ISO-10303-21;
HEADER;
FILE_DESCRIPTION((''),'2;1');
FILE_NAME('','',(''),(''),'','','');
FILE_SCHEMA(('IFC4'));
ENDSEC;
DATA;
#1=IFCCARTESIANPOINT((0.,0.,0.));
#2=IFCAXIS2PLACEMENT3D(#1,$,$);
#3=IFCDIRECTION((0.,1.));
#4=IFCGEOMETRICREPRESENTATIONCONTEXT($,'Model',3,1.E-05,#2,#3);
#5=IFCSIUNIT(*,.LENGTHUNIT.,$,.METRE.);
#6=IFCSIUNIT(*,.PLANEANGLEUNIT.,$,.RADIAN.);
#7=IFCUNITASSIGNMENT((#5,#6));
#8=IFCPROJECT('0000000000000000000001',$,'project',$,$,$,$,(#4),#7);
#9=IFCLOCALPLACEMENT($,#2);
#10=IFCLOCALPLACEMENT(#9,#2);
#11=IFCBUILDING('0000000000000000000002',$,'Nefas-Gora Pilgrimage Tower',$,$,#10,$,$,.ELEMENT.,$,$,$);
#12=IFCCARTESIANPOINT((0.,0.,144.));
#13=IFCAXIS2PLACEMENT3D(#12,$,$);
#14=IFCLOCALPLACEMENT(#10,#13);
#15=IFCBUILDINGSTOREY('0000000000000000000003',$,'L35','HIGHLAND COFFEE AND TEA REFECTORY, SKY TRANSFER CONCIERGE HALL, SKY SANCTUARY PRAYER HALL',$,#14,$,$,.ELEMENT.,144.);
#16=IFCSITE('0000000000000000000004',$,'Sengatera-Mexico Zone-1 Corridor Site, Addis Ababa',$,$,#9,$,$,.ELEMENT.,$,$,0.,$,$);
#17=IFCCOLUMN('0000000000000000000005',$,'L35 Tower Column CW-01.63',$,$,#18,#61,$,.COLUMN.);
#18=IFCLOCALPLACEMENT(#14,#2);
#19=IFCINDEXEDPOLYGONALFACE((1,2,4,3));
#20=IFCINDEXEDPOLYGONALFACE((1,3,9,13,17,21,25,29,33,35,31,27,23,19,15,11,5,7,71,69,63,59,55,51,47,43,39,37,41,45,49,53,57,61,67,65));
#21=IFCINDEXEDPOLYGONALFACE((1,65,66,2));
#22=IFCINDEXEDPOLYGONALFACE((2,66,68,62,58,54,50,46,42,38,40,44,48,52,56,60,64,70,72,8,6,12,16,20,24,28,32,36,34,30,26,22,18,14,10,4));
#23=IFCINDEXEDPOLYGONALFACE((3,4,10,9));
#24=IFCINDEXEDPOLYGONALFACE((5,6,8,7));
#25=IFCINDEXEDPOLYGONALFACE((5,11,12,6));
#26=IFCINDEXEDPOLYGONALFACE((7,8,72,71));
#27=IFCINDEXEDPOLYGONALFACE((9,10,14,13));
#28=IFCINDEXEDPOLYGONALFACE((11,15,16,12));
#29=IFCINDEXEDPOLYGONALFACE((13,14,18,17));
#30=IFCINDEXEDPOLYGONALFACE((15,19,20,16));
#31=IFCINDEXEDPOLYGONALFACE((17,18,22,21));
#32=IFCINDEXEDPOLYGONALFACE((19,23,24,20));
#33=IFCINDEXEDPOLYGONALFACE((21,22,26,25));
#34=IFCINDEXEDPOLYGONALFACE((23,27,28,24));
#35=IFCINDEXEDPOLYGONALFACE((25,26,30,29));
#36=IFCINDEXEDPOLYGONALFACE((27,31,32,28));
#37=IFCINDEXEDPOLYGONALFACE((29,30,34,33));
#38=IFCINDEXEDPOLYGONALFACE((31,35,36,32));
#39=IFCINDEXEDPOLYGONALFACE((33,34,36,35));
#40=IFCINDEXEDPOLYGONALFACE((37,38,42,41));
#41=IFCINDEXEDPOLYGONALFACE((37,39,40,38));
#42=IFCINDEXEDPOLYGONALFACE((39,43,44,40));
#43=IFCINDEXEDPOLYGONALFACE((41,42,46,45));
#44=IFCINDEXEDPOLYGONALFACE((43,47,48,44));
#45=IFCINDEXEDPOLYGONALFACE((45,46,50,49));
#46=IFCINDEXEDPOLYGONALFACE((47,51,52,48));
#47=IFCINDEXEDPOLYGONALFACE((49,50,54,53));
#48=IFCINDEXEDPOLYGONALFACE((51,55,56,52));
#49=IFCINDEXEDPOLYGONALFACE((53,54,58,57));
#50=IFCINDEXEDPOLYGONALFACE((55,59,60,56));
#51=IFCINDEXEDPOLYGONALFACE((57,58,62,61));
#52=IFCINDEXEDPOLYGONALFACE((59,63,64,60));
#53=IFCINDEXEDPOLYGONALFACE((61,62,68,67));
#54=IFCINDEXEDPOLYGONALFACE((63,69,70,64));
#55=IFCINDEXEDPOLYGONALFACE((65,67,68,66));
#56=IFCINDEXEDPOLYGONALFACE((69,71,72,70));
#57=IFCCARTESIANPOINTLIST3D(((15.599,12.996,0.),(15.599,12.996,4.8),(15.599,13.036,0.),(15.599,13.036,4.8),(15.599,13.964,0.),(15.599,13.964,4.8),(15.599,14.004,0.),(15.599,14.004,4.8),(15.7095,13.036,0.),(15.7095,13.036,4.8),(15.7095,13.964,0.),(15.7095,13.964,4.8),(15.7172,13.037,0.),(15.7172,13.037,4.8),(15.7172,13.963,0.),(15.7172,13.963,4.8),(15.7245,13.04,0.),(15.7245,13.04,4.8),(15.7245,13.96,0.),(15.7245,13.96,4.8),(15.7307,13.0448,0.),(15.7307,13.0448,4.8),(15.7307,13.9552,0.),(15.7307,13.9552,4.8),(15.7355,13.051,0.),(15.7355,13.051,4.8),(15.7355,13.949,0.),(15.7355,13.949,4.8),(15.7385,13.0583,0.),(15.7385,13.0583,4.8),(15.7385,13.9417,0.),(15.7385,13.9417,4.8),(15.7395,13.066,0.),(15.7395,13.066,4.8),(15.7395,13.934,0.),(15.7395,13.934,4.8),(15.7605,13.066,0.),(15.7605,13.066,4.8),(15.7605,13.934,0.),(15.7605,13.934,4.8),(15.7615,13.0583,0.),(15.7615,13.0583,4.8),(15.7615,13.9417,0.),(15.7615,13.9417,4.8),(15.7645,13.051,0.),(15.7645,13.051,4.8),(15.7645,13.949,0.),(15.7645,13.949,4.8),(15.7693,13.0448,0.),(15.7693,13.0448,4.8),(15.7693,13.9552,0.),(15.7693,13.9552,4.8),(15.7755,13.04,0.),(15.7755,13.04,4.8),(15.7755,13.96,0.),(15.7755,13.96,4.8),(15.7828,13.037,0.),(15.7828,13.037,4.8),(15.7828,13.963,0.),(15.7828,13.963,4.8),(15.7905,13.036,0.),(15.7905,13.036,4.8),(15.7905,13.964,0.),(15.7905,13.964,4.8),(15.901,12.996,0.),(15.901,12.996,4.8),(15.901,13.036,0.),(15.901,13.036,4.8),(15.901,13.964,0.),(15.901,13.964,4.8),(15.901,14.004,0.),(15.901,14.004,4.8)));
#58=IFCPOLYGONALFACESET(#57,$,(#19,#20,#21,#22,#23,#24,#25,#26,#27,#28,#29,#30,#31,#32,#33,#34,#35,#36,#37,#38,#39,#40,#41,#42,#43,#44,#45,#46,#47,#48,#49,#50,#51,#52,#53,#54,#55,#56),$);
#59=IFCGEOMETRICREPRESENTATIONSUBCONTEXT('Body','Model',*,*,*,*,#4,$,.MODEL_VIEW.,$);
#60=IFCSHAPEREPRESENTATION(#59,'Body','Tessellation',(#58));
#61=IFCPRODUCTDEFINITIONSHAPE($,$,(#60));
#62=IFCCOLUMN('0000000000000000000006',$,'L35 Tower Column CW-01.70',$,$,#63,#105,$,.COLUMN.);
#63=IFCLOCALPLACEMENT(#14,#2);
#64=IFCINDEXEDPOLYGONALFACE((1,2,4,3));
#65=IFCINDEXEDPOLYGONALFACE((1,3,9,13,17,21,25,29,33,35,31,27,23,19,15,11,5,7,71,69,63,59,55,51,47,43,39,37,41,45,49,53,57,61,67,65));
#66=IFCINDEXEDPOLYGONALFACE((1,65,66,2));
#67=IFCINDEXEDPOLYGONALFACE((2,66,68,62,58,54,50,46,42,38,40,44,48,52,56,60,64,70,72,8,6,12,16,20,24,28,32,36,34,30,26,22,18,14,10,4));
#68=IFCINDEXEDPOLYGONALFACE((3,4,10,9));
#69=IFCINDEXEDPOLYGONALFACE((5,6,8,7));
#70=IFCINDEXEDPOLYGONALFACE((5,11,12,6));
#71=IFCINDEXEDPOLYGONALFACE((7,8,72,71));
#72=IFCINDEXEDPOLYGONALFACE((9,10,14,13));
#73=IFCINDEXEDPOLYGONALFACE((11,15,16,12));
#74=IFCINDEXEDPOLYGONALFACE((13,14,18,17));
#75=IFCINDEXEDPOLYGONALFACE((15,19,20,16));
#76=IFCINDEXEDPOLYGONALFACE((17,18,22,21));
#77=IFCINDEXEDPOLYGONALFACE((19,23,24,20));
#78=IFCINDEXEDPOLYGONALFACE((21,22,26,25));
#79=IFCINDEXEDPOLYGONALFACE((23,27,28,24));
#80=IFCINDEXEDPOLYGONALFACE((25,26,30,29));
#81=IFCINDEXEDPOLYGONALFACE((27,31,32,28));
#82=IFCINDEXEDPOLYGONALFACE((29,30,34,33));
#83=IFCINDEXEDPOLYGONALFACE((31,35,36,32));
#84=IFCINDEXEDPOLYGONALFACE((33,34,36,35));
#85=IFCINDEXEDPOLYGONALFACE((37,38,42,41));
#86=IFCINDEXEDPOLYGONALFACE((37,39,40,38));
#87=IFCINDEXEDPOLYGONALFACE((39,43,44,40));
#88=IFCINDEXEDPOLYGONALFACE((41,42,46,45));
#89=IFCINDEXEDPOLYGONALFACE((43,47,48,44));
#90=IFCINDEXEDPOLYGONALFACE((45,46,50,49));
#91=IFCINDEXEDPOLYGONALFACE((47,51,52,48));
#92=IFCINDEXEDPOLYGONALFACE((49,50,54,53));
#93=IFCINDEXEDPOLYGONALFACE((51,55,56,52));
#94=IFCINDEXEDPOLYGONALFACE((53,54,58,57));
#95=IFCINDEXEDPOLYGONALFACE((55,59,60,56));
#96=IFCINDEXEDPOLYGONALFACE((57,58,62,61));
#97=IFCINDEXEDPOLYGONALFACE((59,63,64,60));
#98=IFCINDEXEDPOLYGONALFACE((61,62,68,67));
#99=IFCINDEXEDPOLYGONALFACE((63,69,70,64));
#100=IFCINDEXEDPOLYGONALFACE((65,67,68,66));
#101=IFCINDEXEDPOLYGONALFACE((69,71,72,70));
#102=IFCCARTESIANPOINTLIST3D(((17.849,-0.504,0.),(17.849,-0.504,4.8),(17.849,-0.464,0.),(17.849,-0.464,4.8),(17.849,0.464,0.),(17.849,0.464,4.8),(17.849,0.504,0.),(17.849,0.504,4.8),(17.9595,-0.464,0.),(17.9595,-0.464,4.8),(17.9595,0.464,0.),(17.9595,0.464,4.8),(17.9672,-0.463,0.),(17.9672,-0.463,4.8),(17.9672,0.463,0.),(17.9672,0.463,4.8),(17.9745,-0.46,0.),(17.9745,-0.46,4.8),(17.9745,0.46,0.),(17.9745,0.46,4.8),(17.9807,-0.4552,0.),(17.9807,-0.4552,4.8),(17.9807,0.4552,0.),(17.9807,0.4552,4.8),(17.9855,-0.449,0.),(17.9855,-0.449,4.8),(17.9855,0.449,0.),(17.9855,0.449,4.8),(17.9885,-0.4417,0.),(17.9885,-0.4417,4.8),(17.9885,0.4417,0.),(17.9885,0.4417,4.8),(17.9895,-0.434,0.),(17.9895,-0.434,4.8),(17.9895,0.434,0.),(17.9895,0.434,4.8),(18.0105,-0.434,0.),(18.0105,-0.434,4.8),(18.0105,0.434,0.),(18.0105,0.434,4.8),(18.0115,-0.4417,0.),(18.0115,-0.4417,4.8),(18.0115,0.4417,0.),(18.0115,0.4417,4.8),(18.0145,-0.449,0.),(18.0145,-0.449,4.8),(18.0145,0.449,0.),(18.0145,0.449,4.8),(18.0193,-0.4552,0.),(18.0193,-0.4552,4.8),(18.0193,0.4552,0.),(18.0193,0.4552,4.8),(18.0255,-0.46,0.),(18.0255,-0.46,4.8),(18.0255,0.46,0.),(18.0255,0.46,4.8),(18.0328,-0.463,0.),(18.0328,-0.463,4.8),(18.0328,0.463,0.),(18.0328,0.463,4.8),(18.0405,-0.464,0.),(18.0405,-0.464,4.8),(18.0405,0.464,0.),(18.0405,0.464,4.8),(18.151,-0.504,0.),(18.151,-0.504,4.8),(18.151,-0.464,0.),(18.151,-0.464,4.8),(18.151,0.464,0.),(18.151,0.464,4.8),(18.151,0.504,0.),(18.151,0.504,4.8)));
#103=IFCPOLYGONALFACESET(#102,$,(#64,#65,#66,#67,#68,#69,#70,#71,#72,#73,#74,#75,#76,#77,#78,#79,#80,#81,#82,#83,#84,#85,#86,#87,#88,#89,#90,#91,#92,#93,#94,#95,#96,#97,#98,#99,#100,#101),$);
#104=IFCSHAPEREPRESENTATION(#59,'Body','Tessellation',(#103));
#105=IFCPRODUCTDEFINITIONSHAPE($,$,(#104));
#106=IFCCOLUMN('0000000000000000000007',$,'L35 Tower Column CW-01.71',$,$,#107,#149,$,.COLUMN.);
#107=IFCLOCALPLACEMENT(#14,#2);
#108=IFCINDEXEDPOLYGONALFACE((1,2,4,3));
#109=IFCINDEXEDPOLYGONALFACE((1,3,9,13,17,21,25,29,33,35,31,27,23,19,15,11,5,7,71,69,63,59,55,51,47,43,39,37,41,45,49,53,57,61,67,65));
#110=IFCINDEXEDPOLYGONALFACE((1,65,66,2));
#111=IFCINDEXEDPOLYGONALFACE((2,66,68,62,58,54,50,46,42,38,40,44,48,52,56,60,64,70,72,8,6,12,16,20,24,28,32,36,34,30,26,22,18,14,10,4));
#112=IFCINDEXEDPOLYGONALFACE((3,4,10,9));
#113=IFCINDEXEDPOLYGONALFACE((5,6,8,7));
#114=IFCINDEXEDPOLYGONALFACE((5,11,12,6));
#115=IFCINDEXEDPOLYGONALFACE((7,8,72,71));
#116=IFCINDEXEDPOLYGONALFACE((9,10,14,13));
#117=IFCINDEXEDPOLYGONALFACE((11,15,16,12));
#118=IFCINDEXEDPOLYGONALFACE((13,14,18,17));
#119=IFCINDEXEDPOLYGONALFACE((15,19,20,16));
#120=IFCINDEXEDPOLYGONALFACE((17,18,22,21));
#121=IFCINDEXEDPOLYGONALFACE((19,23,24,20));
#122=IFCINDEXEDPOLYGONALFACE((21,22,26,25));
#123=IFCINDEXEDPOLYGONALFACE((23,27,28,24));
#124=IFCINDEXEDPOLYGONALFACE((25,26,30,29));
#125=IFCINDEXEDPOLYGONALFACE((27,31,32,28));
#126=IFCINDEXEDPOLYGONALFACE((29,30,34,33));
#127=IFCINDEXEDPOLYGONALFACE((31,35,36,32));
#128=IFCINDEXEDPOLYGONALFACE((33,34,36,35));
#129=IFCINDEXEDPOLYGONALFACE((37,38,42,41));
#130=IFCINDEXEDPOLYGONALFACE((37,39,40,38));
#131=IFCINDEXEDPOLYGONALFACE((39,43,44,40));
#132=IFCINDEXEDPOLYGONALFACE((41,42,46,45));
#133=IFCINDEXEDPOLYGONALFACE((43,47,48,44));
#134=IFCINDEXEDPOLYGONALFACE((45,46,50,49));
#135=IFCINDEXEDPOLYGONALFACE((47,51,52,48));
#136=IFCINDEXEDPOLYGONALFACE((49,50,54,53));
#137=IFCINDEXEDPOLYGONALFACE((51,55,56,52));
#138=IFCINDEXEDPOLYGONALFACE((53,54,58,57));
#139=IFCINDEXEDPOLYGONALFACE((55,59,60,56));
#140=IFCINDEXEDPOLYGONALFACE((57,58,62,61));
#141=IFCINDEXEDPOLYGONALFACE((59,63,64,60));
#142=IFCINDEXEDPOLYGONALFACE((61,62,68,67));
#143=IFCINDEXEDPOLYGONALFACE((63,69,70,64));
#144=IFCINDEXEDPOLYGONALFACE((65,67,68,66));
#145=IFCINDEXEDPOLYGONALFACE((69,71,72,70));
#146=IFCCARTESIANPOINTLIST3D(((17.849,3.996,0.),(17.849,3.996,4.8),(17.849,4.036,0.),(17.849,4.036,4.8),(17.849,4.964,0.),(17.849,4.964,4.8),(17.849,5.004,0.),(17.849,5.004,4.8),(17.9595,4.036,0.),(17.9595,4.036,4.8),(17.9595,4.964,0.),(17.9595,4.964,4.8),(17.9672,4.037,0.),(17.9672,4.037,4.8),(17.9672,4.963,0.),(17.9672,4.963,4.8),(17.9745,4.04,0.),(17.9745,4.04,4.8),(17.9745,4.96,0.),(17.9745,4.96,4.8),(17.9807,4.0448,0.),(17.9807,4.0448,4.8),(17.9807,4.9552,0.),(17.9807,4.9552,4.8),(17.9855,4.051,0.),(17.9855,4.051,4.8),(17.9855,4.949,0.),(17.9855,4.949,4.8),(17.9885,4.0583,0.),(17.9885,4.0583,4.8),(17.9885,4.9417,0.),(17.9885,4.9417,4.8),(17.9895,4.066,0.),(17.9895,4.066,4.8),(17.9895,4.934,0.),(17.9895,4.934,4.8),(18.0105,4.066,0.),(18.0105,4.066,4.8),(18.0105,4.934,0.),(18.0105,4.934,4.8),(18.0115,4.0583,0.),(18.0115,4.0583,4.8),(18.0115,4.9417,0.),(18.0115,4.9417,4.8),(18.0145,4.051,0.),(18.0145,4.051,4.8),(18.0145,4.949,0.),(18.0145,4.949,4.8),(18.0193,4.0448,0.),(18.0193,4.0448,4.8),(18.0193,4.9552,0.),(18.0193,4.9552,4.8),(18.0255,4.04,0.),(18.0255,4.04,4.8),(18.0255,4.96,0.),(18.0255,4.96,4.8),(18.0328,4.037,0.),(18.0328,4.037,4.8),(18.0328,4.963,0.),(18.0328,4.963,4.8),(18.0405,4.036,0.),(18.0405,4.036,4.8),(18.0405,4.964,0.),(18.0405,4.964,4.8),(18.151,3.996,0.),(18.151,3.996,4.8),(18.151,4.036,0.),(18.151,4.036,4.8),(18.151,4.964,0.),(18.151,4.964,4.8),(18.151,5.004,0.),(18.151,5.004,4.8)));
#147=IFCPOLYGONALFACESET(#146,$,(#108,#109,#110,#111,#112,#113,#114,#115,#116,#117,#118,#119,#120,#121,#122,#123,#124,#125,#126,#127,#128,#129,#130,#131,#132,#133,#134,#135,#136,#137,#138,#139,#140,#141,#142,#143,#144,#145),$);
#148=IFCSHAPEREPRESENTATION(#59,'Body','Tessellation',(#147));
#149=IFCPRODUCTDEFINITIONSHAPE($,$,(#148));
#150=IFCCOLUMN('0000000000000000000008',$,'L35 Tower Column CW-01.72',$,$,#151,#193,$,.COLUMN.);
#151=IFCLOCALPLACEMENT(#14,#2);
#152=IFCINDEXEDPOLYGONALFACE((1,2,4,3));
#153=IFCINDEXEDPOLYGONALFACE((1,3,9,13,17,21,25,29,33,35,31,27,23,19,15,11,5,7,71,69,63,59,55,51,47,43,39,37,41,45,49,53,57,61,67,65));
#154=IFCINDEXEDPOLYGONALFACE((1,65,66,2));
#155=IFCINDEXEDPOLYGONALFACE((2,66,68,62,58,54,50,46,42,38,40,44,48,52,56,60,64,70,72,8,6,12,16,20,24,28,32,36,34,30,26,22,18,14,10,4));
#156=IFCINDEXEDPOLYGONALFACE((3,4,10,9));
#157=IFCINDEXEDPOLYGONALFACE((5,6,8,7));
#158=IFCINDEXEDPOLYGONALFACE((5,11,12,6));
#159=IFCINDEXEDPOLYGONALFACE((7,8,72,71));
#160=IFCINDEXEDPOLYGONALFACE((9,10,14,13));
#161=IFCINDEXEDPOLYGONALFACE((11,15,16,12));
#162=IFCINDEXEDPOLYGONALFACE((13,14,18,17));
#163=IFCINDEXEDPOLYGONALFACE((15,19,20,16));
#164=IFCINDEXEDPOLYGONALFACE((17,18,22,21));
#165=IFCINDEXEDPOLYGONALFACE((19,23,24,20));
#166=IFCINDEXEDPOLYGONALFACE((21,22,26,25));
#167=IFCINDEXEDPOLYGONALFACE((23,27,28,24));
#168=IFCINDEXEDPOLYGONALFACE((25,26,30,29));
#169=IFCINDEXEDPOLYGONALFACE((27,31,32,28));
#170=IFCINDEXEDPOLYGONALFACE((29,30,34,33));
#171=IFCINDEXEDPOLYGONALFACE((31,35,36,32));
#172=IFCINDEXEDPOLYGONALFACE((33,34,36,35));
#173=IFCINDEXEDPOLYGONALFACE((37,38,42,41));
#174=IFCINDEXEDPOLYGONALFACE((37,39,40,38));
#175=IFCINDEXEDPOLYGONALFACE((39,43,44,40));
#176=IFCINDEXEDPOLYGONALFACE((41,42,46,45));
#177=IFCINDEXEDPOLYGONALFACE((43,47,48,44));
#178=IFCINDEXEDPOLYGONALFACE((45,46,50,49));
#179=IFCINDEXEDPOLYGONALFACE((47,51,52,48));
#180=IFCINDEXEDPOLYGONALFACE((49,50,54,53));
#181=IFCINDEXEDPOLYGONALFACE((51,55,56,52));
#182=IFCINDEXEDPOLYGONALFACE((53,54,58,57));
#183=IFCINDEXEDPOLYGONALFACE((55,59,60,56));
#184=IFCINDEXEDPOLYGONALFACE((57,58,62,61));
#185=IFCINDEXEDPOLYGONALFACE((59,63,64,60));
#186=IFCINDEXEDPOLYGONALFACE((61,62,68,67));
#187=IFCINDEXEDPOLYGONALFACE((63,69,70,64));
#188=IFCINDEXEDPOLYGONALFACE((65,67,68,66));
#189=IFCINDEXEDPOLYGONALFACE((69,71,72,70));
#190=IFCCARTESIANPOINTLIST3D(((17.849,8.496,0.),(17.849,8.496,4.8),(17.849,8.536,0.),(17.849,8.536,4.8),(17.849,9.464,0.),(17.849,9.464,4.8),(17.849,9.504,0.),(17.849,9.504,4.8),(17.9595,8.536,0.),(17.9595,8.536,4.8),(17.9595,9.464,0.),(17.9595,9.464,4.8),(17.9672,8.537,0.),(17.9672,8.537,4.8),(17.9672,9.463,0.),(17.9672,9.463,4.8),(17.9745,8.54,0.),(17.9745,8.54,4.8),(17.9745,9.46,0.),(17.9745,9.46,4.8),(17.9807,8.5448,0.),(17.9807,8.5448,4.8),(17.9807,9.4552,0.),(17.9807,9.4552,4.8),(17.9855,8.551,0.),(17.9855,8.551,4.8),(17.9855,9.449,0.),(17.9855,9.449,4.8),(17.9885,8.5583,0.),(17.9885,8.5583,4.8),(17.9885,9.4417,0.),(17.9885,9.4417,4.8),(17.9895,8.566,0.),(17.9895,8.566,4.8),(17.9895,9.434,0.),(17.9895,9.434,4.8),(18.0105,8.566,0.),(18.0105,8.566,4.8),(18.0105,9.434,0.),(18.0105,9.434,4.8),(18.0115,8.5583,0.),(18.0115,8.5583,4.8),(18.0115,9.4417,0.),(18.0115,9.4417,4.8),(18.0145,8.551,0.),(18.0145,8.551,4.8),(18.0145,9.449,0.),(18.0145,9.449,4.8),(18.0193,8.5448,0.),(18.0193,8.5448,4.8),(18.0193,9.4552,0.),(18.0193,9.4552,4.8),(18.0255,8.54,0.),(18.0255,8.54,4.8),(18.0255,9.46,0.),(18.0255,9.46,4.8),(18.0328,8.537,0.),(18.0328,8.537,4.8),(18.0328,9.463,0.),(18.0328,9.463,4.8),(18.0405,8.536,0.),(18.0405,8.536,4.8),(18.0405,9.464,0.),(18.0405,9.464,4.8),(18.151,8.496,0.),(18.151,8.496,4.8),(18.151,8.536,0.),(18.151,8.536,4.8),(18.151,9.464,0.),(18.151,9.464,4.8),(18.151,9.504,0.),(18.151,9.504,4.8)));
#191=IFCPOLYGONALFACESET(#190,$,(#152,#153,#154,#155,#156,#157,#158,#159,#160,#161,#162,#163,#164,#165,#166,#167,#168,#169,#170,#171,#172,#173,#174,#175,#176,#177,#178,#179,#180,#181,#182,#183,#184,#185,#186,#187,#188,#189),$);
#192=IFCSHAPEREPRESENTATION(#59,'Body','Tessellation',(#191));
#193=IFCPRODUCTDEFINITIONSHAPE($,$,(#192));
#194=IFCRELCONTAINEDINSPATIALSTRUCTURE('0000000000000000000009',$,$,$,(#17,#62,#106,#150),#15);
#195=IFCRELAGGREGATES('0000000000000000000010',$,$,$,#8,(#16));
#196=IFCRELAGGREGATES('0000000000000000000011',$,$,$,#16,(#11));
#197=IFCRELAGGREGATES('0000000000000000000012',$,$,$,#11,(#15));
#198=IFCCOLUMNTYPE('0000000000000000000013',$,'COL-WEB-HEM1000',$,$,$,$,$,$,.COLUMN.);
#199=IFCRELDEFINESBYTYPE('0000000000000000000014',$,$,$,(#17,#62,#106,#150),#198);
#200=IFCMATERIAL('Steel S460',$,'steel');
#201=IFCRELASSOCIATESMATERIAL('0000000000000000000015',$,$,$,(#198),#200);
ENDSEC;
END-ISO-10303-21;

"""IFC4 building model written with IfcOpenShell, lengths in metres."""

from ifc_helpers import new_model, si_unit, direction, frame, origin, origin_2d, place, context, subcontext, project, spatial, i_section, extrude, source, transform, mapped, material, material_profile, profile_set, type_object, element, save


model = new_model("IFC4")

# Units and contexts
model_context = context("Model", 3, precision=1e-05, world=origin(), true_north=direction((0.0, 1.0)))
body_context = subcontext(model_context, "Body", "Model", "MODEL_VIEW")
ifc_project = project(units=[si_unit("LENGTHUNIT", "METRE"), si_unit("PLANEANGLEUNIT", "RADIAN")], contexts=[model_context])

# Site, building, storey
site_placement = place(None, origin())
site = spatial("IfcSite", under=ifc_project, at=site_placement, Name="Sengatera-Mexico Zone-1 Corridor Site, Addis Ababa", CompositionType="ELEMENT", RefElevation=0.0)
building_placement = place(site_placement, origin())
building = spatial("IfcBuilding", under=site, at=building_placement, Name="Nefas-Gora Pilgrimage Tower", CompositionType="ELEMENT")
storey_placement = place(building_placement, frame((0.0, 0.0, 144.0)))
storey = spatial("IfcBuildingStorey", under=building, at=storey_placement, Name="L35", Description="HIGHLAND COFFEE AND TEA REFECTORY, SKY TRANSFER CONCIERGE HALL, SKY SANCTUARY PRAYER HALL", CompositionType="ELEMENT", Elevation=144.0)

# Columns
ifc_material_1 = material(Name="Steel S460", Category="steel")
ifc_material_profile_1 = material_profile(ifc_material_1, i_section(OverallWidth=0.302, OverallDepth=1.0081, WebThickness=0.021, FlangeThickness=0.04, FilletRadius=0.03, at=origin_2d()), Name="HEM 1000")
ifc_profile_set_1 = profile_set([ifc_material_profile_1], Name="Steel S460")
column_type_1 = type_object("IfcColumnType", Name="COL-WEB-HEM1000", PredefinedType="COLUMN", material=ifc_profile_set_1)
shared_shape_1 = source(origin(), body_context, "Body", "SweptSolid", [
    extrude(i_section(OverallWidth=0.302, OverallDepth=1.0081, WebThickness=0.021, FlangeThickness=0.04, FilletRadius=0.03, at=origin_2d()), origin(), (0.0, 0.0, 1.0), 4.8),
])
for number, where, z_axis, x_axis, name in (
    (1, (15.75, 13.5, 0.0), (0.0, 0.0, 1.0), (1.0, 0.0, 0.0), "L35 Tower Column CW-01.63"),
    (2, (18.0, 0.0, 0.0), (0.0, 0.0, 1.0), (1.0, 0.0, 0.0), "L35 Tower Column CW-01.70"),
    (3, (18.0, 4.5, 0.0), (0.0, 0.0, 1.0), (1.0, 0.0, 0.0), "L35 Tower Column CW-01.71"),
    (4, (18.0, 9.0, 0.0), (0.0, 0.0, 1.0), (1.0, 0.0, 0.0), "L35 Tower Column CW-01.72"),
):
    element("IfcColumn", number, at=place(storey_placement, frame(where, z_axis=z_axis, x_axis=x_axis)), inside=storey, type_object=column_type_1, Name=name, PredefinedType="COLUMN", context=body_context, shape_type="MappedRepresentation", body=[
        mapped(shared_shape_1, transform((0.0, 0.0, 0.0), x_axis=(1.0, 0.0, 0.0), y_axis=(0.0, 1.0, 0.0), z_axis=(0.0, 0.0, 1.0), scale=1.0)),
    ])

save(model, "model.ifc")
